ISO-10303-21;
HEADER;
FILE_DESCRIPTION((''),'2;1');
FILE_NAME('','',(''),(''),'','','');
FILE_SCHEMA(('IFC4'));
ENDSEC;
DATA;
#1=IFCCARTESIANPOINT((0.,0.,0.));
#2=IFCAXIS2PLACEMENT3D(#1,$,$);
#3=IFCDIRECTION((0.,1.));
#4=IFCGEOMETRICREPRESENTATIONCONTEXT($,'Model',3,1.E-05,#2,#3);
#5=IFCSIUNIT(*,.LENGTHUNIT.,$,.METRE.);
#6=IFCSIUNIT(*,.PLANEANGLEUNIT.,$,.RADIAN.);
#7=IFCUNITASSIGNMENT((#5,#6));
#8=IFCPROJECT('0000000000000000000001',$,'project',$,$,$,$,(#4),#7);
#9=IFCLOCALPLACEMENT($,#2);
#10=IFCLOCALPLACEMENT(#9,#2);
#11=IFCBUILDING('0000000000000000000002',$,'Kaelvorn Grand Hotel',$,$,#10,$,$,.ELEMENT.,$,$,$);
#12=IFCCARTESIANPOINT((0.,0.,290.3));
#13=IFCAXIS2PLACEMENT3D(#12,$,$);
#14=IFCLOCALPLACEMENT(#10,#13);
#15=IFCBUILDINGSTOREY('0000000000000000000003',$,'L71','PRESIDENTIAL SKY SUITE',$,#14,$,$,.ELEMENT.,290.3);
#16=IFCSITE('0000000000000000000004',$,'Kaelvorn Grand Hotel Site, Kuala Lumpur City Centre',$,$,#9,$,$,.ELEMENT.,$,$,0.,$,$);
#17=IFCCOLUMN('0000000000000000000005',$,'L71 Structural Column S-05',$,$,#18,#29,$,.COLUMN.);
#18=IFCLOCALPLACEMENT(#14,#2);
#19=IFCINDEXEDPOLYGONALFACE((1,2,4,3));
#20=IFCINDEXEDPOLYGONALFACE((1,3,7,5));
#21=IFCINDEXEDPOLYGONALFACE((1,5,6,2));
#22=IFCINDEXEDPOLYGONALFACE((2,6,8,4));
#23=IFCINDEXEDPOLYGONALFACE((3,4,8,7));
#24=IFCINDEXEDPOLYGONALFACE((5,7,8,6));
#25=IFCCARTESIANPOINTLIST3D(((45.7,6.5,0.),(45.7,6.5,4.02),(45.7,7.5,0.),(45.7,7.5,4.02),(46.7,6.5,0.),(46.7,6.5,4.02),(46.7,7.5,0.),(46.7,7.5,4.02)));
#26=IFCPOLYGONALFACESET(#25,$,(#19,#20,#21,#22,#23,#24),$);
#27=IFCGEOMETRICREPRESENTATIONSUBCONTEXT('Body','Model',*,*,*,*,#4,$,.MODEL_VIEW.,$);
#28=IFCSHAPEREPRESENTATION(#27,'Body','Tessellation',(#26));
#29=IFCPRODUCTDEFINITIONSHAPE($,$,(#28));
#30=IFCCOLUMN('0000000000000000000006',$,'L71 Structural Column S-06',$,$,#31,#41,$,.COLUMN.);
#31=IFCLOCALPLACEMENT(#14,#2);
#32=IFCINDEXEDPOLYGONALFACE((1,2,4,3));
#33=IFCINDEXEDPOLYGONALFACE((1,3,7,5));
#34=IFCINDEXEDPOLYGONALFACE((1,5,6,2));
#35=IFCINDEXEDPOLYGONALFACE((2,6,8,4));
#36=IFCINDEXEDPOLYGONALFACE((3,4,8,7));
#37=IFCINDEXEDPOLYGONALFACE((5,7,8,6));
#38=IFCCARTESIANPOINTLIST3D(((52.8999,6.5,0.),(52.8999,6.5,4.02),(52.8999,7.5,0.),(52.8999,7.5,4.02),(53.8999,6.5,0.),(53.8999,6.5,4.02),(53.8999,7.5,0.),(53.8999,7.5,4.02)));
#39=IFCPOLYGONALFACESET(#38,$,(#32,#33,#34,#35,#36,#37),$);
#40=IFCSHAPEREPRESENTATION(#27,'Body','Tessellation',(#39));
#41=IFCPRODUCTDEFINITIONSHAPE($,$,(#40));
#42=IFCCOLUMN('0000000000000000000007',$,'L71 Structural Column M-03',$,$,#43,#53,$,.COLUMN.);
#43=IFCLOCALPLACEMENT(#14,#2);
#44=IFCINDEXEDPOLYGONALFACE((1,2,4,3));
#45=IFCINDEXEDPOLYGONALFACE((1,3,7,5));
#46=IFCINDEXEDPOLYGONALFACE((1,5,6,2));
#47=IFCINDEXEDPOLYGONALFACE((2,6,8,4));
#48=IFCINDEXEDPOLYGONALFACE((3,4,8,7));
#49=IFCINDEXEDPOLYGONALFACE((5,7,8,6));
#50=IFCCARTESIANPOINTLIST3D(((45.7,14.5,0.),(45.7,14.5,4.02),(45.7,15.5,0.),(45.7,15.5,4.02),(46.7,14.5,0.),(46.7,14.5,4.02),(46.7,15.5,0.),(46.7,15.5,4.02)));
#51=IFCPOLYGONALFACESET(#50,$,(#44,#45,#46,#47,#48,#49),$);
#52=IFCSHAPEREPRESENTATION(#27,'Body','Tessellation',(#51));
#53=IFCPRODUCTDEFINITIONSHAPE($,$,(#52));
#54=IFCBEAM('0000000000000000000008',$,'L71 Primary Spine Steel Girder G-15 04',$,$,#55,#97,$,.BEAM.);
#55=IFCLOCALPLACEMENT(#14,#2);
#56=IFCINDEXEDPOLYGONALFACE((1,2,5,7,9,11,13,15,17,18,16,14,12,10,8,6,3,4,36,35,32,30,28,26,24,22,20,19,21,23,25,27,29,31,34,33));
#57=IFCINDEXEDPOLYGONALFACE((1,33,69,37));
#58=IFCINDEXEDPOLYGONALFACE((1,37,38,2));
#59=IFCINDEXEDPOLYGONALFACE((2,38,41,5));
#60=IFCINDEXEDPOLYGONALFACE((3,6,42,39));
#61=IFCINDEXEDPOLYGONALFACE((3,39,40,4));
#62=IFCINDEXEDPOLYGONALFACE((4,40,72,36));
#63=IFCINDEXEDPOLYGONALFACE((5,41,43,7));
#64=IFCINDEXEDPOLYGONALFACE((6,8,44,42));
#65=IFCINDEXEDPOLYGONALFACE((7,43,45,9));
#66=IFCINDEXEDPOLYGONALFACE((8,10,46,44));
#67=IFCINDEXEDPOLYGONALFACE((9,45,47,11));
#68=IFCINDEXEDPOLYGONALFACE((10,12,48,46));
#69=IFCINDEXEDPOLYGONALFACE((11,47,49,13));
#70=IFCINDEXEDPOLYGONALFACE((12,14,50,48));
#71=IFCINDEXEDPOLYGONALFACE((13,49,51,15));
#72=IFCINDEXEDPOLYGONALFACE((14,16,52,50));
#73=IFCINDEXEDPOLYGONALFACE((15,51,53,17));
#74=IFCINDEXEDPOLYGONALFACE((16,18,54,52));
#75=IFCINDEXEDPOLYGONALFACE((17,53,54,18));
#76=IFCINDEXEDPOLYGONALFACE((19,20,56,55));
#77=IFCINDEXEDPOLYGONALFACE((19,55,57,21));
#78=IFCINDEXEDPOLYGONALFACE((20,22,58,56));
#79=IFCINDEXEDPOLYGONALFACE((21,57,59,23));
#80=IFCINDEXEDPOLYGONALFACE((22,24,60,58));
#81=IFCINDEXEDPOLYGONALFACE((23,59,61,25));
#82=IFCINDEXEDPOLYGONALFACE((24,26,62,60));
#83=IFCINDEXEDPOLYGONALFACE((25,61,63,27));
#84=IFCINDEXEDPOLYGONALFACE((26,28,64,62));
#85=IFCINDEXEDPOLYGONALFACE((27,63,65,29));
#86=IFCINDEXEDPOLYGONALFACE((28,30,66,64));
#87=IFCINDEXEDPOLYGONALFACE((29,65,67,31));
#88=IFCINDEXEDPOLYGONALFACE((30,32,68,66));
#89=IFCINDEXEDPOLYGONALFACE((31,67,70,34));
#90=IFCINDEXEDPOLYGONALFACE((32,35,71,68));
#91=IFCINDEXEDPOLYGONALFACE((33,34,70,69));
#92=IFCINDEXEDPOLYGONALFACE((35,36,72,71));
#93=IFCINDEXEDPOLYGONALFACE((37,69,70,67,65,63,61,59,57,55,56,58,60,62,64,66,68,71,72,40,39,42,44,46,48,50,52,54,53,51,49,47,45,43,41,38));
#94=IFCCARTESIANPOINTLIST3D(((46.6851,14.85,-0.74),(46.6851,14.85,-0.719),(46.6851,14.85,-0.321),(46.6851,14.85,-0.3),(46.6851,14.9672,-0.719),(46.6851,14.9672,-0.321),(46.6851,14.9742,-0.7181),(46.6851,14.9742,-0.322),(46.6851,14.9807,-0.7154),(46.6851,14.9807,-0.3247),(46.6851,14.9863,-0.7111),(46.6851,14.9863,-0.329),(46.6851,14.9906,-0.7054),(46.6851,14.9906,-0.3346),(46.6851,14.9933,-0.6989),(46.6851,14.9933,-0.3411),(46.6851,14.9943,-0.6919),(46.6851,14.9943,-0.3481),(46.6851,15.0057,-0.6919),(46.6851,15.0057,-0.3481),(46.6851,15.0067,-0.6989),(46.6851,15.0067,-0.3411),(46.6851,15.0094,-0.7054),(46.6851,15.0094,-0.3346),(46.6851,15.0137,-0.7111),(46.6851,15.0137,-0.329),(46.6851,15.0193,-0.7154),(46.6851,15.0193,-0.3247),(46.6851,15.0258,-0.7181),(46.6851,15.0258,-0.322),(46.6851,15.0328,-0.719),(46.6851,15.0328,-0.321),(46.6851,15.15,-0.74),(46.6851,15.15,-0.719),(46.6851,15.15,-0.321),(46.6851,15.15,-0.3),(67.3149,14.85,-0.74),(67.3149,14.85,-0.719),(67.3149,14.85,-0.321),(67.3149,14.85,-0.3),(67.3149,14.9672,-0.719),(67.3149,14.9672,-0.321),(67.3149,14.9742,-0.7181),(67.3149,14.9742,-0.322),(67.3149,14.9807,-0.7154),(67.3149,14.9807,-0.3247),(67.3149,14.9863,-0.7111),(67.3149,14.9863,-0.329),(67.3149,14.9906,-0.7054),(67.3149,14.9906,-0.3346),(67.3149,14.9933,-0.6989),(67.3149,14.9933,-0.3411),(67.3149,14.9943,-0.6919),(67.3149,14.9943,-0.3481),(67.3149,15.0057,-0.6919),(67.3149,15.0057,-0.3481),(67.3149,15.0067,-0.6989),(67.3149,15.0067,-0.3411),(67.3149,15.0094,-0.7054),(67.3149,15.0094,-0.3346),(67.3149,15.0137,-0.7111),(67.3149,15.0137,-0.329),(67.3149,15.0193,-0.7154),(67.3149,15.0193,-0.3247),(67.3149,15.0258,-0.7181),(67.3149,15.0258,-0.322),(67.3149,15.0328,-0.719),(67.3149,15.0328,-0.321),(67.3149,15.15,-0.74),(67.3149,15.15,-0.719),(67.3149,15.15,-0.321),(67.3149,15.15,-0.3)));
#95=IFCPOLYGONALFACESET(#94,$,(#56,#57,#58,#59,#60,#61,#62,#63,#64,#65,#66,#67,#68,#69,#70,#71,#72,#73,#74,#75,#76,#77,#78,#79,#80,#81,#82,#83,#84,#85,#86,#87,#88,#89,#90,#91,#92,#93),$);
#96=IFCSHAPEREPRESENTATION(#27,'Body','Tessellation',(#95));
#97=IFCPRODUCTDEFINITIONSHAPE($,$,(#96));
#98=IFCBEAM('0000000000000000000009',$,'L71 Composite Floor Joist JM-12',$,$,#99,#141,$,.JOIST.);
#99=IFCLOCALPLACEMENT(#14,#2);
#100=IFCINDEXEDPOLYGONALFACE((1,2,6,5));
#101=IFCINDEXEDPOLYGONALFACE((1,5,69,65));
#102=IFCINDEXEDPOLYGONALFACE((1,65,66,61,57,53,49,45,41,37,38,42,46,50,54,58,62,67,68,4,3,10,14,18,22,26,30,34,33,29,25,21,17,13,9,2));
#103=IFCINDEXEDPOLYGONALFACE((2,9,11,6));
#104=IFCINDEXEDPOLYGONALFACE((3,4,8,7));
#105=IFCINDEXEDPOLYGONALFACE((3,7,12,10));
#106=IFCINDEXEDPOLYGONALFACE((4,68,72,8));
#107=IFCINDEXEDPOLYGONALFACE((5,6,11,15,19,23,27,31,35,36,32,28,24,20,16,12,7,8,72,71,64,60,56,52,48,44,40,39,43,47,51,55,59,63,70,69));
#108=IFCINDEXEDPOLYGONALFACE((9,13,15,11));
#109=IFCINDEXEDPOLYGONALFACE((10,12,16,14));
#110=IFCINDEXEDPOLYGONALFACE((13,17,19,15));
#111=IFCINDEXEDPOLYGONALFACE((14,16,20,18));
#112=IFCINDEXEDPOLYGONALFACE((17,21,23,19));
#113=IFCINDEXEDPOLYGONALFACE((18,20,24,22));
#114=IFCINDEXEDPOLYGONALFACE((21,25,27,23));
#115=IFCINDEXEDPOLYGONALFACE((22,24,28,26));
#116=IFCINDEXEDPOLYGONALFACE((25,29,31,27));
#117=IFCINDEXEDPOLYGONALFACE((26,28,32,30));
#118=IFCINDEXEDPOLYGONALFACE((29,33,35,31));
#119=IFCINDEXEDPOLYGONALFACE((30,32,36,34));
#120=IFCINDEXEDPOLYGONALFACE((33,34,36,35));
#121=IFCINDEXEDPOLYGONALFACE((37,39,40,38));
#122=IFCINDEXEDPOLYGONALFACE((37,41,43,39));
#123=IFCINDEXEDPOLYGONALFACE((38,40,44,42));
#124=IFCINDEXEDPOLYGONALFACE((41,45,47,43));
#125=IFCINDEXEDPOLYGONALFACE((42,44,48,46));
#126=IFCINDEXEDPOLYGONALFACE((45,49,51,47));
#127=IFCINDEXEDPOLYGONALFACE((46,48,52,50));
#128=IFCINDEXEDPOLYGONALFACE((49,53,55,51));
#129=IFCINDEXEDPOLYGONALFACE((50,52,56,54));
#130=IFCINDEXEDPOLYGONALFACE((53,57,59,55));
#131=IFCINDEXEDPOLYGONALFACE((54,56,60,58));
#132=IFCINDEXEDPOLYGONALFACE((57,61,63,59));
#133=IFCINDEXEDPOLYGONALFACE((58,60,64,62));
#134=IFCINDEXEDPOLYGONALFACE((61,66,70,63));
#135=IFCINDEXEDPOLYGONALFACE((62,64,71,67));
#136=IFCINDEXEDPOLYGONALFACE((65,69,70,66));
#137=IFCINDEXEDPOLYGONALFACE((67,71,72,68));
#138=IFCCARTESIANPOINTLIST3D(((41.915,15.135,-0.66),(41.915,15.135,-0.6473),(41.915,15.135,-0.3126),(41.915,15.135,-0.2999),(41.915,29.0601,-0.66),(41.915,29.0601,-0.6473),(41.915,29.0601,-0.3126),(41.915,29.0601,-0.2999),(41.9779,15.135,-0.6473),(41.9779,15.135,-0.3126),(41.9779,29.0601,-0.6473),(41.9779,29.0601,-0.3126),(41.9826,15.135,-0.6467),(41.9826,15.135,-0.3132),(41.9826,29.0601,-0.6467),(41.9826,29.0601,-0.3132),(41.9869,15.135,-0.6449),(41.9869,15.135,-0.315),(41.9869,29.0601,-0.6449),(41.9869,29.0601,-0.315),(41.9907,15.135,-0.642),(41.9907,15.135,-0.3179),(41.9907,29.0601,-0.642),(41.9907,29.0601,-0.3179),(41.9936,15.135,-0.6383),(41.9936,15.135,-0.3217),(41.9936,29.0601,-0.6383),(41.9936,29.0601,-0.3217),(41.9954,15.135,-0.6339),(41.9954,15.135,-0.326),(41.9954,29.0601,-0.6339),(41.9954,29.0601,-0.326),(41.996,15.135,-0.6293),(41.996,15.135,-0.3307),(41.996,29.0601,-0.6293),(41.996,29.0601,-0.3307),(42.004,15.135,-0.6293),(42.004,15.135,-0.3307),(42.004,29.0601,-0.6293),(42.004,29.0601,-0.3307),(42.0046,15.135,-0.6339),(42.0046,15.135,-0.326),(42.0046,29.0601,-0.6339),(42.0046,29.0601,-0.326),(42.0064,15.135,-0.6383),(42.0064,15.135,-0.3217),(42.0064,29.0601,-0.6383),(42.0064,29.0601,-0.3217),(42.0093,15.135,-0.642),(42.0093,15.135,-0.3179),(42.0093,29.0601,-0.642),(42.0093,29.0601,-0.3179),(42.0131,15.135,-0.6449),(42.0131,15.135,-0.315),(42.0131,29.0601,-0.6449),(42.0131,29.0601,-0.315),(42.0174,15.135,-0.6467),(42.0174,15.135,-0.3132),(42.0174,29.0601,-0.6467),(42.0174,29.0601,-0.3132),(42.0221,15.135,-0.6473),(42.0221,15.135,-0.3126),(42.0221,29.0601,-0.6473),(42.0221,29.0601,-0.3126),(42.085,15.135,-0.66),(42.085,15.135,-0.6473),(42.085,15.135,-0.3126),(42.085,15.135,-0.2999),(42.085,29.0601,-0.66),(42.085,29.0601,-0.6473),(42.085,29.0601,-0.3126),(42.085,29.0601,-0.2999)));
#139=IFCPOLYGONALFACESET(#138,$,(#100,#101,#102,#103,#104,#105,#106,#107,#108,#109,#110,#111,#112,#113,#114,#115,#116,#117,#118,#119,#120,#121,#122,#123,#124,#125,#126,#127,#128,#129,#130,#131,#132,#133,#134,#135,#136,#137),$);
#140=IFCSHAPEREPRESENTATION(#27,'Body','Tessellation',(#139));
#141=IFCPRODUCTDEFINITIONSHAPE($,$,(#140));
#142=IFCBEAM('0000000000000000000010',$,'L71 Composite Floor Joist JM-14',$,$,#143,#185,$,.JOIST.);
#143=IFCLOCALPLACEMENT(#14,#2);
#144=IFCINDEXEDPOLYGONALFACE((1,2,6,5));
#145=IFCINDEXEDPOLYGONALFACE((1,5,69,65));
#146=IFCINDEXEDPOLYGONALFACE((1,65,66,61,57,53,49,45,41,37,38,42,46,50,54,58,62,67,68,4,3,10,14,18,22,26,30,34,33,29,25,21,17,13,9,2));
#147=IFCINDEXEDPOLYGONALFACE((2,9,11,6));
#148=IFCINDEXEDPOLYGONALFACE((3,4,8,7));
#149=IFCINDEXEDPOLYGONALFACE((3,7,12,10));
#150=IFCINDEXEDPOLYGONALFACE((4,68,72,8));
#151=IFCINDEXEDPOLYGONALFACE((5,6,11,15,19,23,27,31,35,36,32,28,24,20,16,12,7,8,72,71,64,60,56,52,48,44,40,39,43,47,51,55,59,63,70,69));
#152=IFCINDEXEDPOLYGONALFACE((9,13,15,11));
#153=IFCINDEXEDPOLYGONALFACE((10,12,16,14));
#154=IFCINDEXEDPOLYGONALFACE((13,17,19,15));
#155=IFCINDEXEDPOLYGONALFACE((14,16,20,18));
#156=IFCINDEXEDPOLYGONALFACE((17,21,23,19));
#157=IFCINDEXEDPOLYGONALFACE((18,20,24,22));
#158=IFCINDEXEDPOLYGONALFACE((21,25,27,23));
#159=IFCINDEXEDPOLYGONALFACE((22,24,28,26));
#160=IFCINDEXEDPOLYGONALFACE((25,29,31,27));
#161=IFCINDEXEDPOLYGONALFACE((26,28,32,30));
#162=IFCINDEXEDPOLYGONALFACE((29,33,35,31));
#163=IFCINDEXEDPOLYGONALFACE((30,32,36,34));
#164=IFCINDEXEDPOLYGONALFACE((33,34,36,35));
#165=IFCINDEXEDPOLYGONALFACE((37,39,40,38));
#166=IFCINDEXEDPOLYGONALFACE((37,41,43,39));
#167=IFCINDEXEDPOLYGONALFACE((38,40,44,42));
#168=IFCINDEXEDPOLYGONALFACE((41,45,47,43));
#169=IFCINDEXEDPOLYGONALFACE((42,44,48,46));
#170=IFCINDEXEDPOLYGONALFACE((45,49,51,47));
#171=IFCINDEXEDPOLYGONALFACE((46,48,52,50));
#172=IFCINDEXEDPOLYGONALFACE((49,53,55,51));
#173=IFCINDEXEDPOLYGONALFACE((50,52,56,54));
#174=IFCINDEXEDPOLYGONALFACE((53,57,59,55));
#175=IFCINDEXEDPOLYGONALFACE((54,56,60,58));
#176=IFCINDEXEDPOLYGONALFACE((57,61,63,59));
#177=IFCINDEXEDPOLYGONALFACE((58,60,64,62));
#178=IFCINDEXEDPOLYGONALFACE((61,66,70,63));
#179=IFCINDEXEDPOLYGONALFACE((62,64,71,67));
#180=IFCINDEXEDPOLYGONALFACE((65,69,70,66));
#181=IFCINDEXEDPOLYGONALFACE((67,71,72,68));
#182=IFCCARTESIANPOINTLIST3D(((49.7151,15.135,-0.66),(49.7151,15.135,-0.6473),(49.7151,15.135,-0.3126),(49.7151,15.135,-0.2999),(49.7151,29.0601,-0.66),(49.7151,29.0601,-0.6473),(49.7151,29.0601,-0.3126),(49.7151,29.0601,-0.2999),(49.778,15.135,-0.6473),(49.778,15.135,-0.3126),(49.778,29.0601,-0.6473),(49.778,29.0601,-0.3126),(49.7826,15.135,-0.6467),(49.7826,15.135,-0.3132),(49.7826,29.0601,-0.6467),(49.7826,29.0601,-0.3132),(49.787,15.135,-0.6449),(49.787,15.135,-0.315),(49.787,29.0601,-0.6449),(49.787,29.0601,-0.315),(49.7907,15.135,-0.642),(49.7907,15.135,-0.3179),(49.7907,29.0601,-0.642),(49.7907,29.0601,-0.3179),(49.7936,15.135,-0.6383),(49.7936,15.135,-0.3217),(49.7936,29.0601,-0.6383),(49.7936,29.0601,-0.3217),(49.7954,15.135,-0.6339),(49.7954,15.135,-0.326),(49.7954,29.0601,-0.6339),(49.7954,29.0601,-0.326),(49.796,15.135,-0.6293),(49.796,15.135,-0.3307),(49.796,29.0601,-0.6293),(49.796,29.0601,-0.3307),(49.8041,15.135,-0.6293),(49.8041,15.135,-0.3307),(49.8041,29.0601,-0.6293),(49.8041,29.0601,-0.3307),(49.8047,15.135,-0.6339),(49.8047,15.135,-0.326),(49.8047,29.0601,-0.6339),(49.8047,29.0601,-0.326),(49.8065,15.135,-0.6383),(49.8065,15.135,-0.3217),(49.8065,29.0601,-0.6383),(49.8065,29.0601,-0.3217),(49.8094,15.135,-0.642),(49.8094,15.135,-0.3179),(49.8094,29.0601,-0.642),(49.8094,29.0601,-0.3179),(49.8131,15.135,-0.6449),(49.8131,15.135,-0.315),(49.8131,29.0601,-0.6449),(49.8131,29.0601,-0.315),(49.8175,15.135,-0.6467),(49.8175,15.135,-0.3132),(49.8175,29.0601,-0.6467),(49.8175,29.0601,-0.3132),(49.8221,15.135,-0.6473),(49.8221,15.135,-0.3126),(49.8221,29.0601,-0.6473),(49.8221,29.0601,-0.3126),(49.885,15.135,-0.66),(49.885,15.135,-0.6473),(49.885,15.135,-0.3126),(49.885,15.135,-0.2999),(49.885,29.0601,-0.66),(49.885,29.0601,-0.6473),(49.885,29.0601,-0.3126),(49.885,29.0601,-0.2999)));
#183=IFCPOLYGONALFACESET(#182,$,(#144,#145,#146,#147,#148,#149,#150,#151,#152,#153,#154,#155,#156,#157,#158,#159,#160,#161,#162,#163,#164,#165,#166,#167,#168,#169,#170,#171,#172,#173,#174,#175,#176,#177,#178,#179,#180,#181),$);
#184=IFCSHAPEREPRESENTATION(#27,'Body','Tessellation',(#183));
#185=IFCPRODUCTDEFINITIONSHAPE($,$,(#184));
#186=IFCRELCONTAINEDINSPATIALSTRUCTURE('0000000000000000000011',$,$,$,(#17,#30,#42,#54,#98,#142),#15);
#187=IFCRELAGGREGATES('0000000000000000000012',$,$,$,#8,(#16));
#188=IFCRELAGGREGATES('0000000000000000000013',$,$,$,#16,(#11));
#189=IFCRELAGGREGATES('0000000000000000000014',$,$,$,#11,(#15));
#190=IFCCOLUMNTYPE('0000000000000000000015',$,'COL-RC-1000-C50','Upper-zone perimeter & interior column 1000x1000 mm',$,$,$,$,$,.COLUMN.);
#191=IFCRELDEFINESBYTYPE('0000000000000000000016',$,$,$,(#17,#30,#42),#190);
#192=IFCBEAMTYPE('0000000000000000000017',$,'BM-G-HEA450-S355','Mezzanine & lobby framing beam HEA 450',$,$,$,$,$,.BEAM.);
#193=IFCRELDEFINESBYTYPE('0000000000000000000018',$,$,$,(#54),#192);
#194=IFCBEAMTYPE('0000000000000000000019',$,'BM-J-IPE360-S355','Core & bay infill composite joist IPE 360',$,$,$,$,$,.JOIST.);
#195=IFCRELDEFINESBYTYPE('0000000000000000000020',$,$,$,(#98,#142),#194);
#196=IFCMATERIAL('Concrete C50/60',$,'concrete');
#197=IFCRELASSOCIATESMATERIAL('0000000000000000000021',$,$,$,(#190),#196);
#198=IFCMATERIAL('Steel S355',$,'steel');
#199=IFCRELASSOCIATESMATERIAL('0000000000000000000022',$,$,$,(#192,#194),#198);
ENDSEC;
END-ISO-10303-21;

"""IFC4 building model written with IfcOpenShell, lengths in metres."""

from ifc_helpers import new_model, si_unit, direction, frame, origin, origin_2d, place, context, subcontext, project, spatial, rectangle, i_section, extrude, material, material_profile, profile_set, type_object, element, save


model = new_model("IFC4")

# Units and contexts
model_context = context("Model", 3, precision=1e-05, world=origin(), true_north=direction((0.0, 1.0)))
body_context = subcontext(model_context, "Body", "Model", "MODEL_VIEW")
ifc_project = project(units=[si_unit("LENGTHUNIT", "METRE"), si_unit("PLANEANGLEUNIT", "RADIAN")], contexts=[model_context])

# Site, building, storey
site_placement = place(None, origin())
site = spatial("IfcSite", under=ifc_project, at=site_placement, Name="Kaelvorn Grand Hotel Site, Kuala Lumpur City Centre", CompositionType="ELEMENT", RefElevation=0.0)
building_placement = place(site_placement, origin())
building = spatial("IfcBuilding", under=site, at=building_placement, Name="Kaelvorn Grand Hotel", CompositionType="ELEMENT")
storey_placement = place(building_placement, frame((0.0, 0.0, 290.3)))
storey = spatial("IfcBuildingStorey", under=building, at=storey_placement, Name="L71", Description="PRESIDENTIAL SKY SUITE", CompositionType="ELEMENT", Elevation=290.3)

# Columns
ifc_material_1 = material(Name="Concrete C50/60", Category="concrete")
ifc_material_profile_1 = material_profile(ifc_material_1, rectangle(XDim=1.0, YDim=1.0, at=origin_2d()), Name="RC COL 1000x1000")
ifc_profile_set_1 = profile_set([ifc_material_profile_1], Name="Concrete C50/60")
column_type = type_object("IfcColumnType", Name="COL-RC-1000-C50", Description="Upper-zone perimeter & interior column 1000x1000 mm", PredefinedType="COLUMN", material=ifc_profile_set_1)
for number, where, z_axis, x_axis, name in (
    (1, (46.2, 7.0, 0.0), (0.0, 0.0, 1.0), (1.0, 0.0, 0.0), "L71 Structural Column S-05"),
    (2, (53.3999, 7.0, 0.0), (0.0, 0.0, 1.0), (1.0, 0.0, 0.0), "L71 Structural Column S-06"),
    (3, (46.2, 15.0, 0.0), (0.0, 0.0, 1.0), (1.0, 0.0, 0.0), "L71 Structural Column M-03"),
):
    element("IfcColumn", number, at=place(storey_placement, frame(where, z_axis=z_axis, x_axis=x_axis)), inside=storey, type_object=column_type, Name=name, PredefinedType="COLUMN", context=body_context, shape_type="SweptSolid", body=[
        extrude(rectangle(XDim=1.0, YDim=1.0, at=origin_2d()), origin(), (0.0, 0.0, 1.0), 4.02),
    ])

# Beams
ifc_material_2 = material(Name="Steel S355", Category="steel")
ifc_material_profile_2 = material_profile(ifc_material_2, i_section(OverallWidth=0.3, OverallDepth=0.4399, WebThickness=0.0115, FlangeThickness=0.021, FilletRadius=0.0271, at=origin_2d()), Name="HEA 450")
ifc_profile_set_2 = profile_set([ifc_material_profile_2], Name="Steel S355")
beam_type_1 = type_object("IfcBeamType", Name="BM-G-HEA450-S355", Description="Mezzanine & lobby framing beam HEA 450", PredefinedType="BEAM", material=ifc_profile_set_2)
beam_1_placement = place(storey_placement, frame((46.6851, 15.0, -0.52), z_axis=(1.0, 0.0, 0.0), x_axis=(0.0, 1.0, 0.0)))
element("IfcBeam", 4, at=beam_1_placement, inside=storey, type_object=beam_type_1, Name="L71 Primary Spine Steel Girder G-15 04", PredefinedType="BEAM", context=body_context, shape_type="SweptSolid", body=[
    extrude(i_section(OverallWidth=0.3, OverallDepth=0.4399, WebThickness=0.0115, FlangeThickness=0.021, FilletRadius=0.0271, at=origin_2d()), origin(), (0.0, 0.0, 1.0), 20.6299),
])
ifc_material_profile_3 = material_profile(ifc_material_2, i_section(OverallWidth=0.1699, OverallDepth=0.3601, WebThickness=0.0081, FlangeThickness=0.0127, FilletRadius=0.0181, at=origin_2d()), Name="IPE 360")
ifc_profile_set_3 = profile_set([ifc_material_profile_3], Name="Steel S355")
beam_type_2 = type_object("IfcBeamType", Name="BM-J-IPE360-S355", Description="Core & bay infill composite joist IPE 360", PredefinedType="JOIST", material=ifc_profile_set_3)
for number, where, z_axis, x_axis, name in (
    (5, (42.0, 15.135, -0.48), (0.0, 1.0, 0.0), (-1.0, 0.0, 0.0), "L71 Composite Floor Joist JM-12"),
    (6, (49.8, 15.135, -0.48), (0.0, 1.0, 0.0), (-1.0, 0.0, 0.0), "L71 Composite Floor Joist JM-14"),
):
    element("IfcBeam", number, at=place(storey_placement, frame(where, z_axis=z_axis, x_axis=x_axis)), inside=storey, type_object=beam_type_2, Name=name, PredefinedType="JOIST", context=body_context, shape_type="SweptSolid", body=[
        extrude(i_section(OverallWidth=0.1699, OverallDepth=0.3601, WebThickness=0.0081, FlangeThickness=0.0127, FilletRadius=0.0181, at=origin_2d()), origin(), (0.0, 0.0, 1.0), 13.925),
    ])

save(model, "model.ifc")
